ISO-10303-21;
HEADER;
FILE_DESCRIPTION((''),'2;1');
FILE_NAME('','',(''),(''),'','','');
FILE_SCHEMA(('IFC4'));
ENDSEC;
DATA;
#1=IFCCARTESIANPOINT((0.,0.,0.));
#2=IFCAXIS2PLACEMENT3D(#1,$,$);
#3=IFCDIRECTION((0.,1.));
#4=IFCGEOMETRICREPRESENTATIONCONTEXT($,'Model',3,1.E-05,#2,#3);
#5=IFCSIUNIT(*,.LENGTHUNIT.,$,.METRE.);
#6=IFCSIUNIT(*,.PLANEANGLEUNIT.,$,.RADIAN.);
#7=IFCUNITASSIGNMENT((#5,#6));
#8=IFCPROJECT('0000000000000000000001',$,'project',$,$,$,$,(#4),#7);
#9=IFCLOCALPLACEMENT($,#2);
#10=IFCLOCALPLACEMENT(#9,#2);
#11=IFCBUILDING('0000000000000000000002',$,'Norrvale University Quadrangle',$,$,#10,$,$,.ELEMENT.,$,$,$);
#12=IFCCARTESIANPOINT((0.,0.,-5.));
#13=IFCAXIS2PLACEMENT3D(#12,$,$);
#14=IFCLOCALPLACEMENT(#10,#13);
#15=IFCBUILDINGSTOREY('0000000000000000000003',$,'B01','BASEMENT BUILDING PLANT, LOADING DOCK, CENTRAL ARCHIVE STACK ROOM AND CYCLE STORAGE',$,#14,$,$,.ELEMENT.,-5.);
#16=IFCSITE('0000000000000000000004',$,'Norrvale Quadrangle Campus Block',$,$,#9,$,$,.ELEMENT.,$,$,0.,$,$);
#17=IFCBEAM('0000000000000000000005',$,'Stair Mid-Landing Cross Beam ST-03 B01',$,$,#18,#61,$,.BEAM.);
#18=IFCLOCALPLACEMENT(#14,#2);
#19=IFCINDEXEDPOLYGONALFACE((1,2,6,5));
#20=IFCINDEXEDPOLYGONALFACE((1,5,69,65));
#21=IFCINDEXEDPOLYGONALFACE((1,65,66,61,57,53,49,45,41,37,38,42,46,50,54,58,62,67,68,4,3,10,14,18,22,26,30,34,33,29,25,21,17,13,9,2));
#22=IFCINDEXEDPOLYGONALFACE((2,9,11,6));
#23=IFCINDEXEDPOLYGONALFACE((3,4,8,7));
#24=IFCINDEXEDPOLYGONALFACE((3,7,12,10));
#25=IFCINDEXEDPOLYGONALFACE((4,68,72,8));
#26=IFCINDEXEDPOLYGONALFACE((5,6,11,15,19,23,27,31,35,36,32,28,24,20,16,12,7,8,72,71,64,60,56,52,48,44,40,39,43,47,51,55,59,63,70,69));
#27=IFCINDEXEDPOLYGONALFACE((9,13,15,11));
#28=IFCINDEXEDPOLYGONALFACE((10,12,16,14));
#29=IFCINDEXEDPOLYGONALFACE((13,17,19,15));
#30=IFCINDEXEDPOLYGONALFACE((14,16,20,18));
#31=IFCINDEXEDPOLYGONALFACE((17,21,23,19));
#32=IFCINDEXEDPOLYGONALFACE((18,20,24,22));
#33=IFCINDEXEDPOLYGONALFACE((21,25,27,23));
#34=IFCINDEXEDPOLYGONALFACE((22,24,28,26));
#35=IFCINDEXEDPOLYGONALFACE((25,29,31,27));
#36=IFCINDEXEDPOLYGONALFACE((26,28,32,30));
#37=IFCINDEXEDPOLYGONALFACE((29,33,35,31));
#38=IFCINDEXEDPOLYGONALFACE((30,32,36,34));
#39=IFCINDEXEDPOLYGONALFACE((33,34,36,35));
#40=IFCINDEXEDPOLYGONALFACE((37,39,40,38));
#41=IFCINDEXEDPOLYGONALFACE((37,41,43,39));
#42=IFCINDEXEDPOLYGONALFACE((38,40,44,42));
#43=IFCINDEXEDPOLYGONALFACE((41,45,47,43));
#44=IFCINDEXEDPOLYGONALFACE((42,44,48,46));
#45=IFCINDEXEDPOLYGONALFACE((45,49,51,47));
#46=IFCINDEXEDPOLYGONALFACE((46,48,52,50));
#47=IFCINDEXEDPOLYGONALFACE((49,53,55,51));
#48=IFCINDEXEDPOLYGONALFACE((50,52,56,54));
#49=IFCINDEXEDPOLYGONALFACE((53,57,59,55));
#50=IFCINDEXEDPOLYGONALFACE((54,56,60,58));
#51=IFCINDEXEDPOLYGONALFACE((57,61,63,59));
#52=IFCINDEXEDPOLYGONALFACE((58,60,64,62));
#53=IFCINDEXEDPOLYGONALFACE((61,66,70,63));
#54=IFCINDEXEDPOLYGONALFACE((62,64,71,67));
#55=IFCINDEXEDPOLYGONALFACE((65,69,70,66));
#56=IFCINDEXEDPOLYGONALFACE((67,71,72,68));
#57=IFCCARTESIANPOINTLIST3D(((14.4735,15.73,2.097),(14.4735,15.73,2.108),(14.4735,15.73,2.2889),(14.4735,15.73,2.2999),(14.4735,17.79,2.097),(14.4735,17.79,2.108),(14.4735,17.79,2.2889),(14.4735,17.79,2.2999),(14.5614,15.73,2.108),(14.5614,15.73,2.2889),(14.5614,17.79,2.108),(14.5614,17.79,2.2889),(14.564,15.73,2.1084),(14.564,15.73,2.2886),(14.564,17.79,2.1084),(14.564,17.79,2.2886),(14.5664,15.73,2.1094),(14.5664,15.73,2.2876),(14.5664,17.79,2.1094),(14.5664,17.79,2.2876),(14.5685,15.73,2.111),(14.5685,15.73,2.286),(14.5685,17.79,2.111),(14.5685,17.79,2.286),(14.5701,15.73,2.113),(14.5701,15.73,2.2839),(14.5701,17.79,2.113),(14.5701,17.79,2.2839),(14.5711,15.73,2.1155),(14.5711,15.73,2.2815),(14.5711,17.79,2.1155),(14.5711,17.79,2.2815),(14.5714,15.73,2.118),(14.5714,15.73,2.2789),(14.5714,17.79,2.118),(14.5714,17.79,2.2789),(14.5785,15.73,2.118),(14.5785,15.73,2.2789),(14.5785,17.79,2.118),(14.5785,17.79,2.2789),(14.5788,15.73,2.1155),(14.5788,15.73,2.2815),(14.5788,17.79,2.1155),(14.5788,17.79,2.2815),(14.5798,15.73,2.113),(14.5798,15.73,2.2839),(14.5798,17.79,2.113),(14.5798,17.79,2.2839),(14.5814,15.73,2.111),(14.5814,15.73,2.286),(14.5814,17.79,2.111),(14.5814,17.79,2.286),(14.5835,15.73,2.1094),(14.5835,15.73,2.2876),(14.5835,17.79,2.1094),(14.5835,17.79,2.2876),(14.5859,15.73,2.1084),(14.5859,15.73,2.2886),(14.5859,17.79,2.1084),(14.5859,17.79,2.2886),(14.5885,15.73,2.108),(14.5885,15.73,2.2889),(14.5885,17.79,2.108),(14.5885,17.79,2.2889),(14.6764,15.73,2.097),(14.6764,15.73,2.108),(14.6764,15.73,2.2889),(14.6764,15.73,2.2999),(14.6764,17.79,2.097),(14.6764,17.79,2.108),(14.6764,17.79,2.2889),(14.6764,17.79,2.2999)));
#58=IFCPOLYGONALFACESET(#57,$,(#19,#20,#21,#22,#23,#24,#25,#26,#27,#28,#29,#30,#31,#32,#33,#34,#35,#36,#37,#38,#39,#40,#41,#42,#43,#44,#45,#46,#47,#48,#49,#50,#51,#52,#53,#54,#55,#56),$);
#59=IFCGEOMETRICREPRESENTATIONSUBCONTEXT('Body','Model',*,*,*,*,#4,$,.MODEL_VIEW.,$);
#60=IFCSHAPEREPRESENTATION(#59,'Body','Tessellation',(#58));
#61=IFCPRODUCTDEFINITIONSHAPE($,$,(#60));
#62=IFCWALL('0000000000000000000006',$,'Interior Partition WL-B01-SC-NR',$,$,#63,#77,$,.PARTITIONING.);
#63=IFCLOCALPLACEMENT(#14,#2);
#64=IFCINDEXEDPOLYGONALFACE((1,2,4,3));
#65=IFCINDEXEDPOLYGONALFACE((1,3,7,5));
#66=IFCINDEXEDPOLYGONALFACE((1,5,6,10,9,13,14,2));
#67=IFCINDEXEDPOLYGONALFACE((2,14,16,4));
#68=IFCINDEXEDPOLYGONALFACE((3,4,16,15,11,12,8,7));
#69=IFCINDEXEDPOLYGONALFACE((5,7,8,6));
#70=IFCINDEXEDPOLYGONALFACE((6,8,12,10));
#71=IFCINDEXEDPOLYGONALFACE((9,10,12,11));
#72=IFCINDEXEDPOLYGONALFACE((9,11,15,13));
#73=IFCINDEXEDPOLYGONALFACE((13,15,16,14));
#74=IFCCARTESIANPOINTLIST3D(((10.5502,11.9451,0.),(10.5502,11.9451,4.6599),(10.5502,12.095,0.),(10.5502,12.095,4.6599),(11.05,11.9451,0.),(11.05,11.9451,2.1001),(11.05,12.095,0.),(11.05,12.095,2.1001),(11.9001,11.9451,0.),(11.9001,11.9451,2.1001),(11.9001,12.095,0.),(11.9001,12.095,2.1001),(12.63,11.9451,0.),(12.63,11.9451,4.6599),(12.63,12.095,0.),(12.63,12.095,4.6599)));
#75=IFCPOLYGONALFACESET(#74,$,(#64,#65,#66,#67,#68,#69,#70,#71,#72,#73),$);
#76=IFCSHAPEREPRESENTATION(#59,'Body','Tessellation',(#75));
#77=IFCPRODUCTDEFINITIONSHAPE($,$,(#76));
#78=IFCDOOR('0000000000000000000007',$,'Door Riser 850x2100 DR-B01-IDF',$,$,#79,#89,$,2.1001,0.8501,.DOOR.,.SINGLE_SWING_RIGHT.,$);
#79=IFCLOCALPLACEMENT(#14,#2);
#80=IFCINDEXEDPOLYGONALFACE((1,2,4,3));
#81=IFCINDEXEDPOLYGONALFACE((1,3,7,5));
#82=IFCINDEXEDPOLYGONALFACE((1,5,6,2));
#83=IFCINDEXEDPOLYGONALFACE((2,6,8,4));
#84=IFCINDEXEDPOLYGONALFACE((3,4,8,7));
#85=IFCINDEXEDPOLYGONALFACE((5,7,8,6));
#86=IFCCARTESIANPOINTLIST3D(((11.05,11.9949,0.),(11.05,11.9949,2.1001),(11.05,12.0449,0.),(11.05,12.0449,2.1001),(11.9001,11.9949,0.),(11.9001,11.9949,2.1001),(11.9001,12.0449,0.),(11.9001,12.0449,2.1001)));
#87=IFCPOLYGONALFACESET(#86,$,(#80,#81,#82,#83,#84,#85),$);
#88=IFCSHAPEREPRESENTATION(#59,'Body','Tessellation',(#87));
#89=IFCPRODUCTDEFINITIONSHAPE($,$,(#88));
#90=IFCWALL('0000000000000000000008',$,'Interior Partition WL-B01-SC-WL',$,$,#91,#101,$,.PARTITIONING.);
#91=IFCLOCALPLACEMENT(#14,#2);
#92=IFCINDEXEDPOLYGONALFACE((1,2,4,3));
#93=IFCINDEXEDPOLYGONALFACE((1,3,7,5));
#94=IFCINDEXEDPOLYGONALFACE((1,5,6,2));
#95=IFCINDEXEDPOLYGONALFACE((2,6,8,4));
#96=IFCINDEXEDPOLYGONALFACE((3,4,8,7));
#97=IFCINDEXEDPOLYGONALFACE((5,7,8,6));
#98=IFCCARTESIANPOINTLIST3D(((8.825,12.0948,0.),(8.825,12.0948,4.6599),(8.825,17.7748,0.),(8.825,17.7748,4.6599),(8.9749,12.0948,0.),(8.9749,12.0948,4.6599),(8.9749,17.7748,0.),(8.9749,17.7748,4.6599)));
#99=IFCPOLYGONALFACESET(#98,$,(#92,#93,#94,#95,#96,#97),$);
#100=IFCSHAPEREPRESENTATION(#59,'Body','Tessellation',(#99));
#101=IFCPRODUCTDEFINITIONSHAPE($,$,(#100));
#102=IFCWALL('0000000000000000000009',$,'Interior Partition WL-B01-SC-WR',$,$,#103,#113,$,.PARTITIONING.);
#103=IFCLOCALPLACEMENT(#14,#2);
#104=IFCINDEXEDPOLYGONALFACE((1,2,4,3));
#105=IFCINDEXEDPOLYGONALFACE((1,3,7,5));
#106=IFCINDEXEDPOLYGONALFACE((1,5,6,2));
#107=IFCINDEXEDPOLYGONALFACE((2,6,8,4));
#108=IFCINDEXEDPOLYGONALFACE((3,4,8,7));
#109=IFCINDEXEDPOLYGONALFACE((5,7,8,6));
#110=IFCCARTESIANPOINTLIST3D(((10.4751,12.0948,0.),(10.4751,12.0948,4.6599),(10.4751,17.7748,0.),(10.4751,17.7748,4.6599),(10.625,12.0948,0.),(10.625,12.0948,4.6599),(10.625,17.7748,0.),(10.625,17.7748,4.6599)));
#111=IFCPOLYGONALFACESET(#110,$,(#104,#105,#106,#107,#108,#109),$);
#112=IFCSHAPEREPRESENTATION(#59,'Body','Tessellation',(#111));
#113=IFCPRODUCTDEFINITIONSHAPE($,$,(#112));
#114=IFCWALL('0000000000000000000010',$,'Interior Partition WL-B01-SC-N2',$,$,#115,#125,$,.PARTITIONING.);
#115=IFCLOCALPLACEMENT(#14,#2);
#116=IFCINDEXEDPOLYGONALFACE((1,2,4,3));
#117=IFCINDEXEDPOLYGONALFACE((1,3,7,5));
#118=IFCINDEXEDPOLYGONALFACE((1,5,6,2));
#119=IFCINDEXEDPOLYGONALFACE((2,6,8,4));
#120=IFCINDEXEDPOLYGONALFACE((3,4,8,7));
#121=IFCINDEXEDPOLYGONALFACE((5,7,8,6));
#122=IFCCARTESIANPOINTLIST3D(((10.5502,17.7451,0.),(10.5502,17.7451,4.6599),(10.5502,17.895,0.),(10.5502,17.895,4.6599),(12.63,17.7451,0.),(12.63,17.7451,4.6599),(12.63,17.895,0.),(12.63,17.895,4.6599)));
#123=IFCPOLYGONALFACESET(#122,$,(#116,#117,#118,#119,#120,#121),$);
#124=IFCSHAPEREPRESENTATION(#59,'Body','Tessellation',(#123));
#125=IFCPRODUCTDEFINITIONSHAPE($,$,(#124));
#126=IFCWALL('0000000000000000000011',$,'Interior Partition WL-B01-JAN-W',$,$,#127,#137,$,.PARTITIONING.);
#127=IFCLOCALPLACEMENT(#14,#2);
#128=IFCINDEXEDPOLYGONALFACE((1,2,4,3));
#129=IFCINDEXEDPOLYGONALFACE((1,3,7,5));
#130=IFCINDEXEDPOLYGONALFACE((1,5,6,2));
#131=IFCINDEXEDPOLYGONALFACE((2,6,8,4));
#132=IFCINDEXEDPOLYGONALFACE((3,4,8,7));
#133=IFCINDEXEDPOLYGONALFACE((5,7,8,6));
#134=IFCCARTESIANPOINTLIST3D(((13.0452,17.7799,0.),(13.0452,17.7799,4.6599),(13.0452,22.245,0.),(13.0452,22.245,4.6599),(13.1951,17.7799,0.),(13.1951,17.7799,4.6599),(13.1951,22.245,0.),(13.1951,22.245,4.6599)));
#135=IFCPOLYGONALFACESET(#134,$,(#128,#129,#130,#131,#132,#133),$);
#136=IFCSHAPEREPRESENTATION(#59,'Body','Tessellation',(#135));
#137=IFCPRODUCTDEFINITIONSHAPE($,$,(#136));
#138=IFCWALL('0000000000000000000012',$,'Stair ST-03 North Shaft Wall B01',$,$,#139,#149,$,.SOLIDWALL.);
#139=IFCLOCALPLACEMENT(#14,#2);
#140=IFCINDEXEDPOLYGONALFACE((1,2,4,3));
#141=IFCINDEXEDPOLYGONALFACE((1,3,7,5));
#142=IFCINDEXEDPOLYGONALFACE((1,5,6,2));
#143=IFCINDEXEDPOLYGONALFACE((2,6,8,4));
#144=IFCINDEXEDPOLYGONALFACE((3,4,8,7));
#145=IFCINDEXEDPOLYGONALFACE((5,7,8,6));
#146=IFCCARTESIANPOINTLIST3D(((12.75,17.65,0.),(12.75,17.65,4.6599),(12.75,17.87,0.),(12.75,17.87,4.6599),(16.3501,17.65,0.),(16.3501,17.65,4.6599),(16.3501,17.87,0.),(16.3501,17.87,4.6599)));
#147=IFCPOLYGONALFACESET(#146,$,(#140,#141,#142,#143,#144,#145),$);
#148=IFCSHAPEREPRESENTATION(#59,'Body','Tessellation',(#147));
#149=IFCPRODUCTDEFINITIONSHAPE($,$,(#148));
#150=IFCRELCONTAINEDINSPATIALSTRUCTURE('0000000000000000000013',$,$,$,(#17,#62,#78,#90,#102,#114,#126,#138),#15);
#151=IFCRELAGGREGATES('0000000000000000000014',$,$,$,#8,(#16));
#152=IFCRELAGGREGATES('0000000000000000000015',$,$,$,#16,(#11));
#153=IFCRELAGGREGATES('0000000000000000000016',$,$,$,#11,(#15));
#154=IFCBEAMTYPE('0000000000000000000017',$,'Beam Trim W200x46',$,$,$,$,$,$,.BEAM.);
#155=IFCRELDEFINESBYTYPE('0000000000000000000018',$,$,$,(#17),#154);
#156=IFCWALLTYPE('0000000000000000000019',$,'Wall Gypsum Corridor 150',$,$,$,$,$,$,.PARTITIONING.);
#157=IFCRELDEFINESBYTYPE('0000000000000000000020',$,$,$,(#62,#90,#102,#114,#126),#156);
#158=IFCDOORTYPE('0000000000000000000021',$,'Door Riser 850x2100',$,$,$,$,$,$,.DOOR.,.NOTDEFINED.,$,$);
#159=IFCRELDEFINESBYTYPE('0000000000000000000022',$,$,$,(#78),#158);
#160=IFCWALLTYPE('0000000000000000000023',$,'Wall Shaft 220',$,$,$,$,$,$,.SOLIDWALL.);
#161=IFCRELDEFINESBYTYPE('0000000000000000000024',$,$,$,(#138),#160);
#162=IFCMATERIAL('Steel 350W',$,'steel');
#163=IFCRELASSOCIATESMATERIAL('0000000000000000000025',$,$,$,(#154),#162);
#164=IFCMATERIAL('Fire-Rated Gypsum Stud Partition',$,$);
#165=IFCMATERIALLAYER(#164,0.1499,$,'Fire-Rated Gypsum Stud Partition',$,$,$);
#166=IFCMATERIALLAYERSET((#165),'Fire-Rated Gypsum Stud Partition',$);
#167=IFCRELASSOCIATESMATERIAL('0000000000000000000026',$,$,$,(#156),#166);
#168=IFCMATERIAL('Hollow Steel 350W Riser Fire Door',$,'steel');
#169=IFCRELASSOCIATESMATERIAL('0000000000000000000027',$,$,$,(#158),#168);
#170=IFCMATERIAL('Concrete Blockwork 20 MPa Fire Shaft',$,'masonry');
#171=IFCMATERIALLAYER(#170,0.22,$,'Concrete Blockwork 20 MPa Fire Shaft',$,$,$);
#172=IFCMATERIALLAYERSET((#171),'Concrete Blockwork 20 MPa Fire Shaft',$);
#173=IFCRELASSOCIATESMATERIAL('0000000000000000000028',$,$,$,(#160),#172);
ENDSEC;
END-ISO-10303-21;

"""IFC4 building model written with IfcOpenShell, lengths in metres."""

from ifc_helpers import new_model, si_unit, direction, frame, frame_2d, origin, origin_2d, place, context, subcontext, project, spatial, rectangle, i_section, extrude, material, layer, layer_set, material_profile, profile_set, type_object, element, fill, save


model = new_model("IFC4")

# Units and contexts
model_context = context("Model", 3, precision=1e-05, world=origin(), true_north=direction((0.0, 1.0)))
body_context = subcontext(model_context, "Body", "Model", "MODEL_VIEW")
ifc_project = project(units=[si_unit("LENGTHUNIT", "METRE"), si_unit("PLANEANGLEUNIT", "RADIAN")], contexts=[model_context])

# Site, building, storey
site_placement = place(None, origin())
site = spatial("IfcSite", under=ifc_project, at=site_placement, Name="Norrvale Quadrangle Campus Block", CompositionType="ELEMENT", RefElevation=0.0)
building_placement = place(site_placement, origin())
building = spatial("IfcBuilding", under=site, at=building_placement, Name="Norrvale University Quadrangle", CompositionType="ELEMENT")
storey_placement = place(building_placement, frame((0.0, 0.0, -5.0)))
storey = spatial("IfcBuildingStorey", under=building, at=storey_placement, Name="B01", Description="BASEMENT BUILDING PLANT, LOADING DOCK, CENTRAL ARCHIVE STACK ROOM AND CYCLE STORAGE", CompositionType="ELEMENT", Elevation=-5.0)

# Beam
ifc_material_1 = material(Name="Steel 350W", Category="steel")
ifc_material_profile_1 = material_profile(ifc_material_1, i_section(OverallWidth=0.2029, OverallDepth=0.2029, WebThickness=0.0071, FlangeThickness=0.011, FilletRadius=0.01, at=origin_2d()), Name="Steel 350W")
ifc_profile_set_1 = profile_set([ifc_material_profile_1], Name="Steel 350W")
beam_type_1 = type_object("IfcBeamType", Name="Beam Trim W200x46", PredefinedType="BEAM", material=ifc_profile_set_1)
beam_placement = place(storey_placement, frame((14.575, 15.73, 2.1985), z_axis=(0.0, 1.0, 0.0), x_axis=(-1.0, 0.0, 0.0)))
element("IfcBeam", 1, at=beam_placement, inside=storey, type_object=beam_type_1, Name="Stair Mid-Landing Cross Beam ST-03 B01", PredefinedType="BEAM", context=body_context, shape_type="SweptSolid", body=[
    extrude(i_section(OverallWidth=0.2029, OverallDepth=0.2029, WebThickness=0.0071, FlangeThickness=0.011, FilletRadius=0.01, at=origin_2d()), origin(), (0.0, 0.0, 1.0), 2.0601),
])

# Wall, opening, door
ifc_material_2 = material(Name="Fire-Rated Gypsum Stud Partition")
ifc_layer_1 = layer(ifc_material_2, 0.1499, Name="Fire-Rated Gypsum Stud Partition")
ifc_layer_set_1 = layer_set([ifc_layer_1], Name="Fire-Rated Gypsum Stud Partition")
wall_type_1 = type_object("IfcWallType", Name="Wall Gypsum Corridor 150", PredefinedType="PARTITIONING", material=ifc_layer_set_1)
wall_1_placement = place(storey_placement, frame((10.55, 12.02, 0.0), z_axis=(0.0, 0.0, 1.0), x_axis=(1.0, 0.0, 0.0)))
wall_1 = element("IfcWall", 2, at=wall_1_placement, inside=storey, type_object=wall_type_1, Name="Interior Partition WL-B01-SC-NR", PredefinedType="PARTITIONING", context=body_context, shape_type="SweptSolid", body=[
    extrude(rectangle(XDim=2.0798, YDim=0.1499, at=frame_2d((1.04, 0.0))), origin(), (0.0, 0.0, 1.0), 4.6599),
])
opening_placement = place(wall_1_placement, frame((0.5, 0.0, 0.0)))
opening = element("IfcOpeningElement", 3, at=opening_placement, cuts=wall_1, PredefinedType="OPENING", context=body_context, shape_type="SweptSolid", body=[
    extrude(rectangle(XDim=0.8501, YDim=2.1001, at=frame_2d((0.425, 1.05))), frame((0.0, 0.0869, 0.0), z_axis=(0.0, -1.0, 0.0), x_axis=(1.0, 0.0, 0.0)), (0.0, 0.0, 1.0), 0.1738),
])
ifc_material_3 = material(Name="Hollow Steel 350W Riser Fire Door", Category="steel")
door_type = type_object("IfcDoorType", Name="Door Riser 850x2100", OperationType="NOTDEFINED", PredefinedType="DOOR", material=ifc_material_3)
door_placement = place(opening_placement, origin())
door = element("IfcDoor", 4, at=door_placement, inside=storey, type_object=door_type, Name="Door Riser 850x2100 DR-B01-IDF", OperationType="SINGLE_SWING_RIGHT", OverallHeight=2.1001, OverallWidth=0.8501, PredefinedType="DOOR", context=body_context, shape_type="SweptSolid", body=[
    extrude(rectangle(XDim=0.8501, YDim=2.1001, at=frame_2d((0.425, 1.05))), frame((0.0, 0.0249, 0.0), z_axis=(0.0, -1.0, 0.0), x_axis=(1.0, 0.0, 0.0)), (0.0, 0.0, 1.0), 0.05),
])
fill(opening, door)

# Walls
for number, where, z_axis, x_axis, name in (
    (5, (8.8999, 12.095, 0.0), (0.0, 0.0, 1.0), (0.0, 1.0, 0.0), "Interior Partition WL-B01-SC-WL"),
    (6, (10.55, 12.095, 0.0), (0.0, 0.0, 1.0), (0.0, 1.0, 0.0), "Interior Partition WL-B01-SC-WR"),
):
    element("IfcWall", number, at=place(storey_placement, frame(where, z_axis=z_axis, x_axis=x_axis)), inside=storey, type_object=wall_type_1, Name=name, PredefinedType="PARTITIONING", context=body_context, shape_type="SweptSolid", body=[
        extrude(rectangle(XDim=5.6799, YDim=0.1499, at=frame_2d((2.8398, 0.0))), origin(), (0.0, 0.0, 1.0), 4.6599),
    ])
wall_2_placement = place(storey_placement, frame((10.55, 17.8201, 0.0), z_axis=(0.0, 0.0, 1.0), x_axis=(1.0, 0.0, 0.0)))
element("IfcWall", 7, at=wall_2_placement, inside=storey, type_object=wall_type_1, Name="Interior Partition WL-B01-SC-N2", PredefinedType="PARTITIONING", context=body_context, shape_type="SweptSolid", body=[
    extrude(rectangle(XDim=2.0798, YDim=0.1499, at=frame_2d((1.04, 0.0))), origin(), (0.0, 0.0, 1.0), 4.6599),
])
wall_3_placement = place(storey_placement, frame((13.1201, 17.78, 0.0), z_axis=(0.0, 0.0, 1.0), x_axis=(0.0, 1.0, 0.0)))
element("IfcWall", 8, at=wall_3_placement, inside=storey, type_object=wall_type_1, Name="Interior Partition WL-B01-JAN-W", PredefinedType="PARTITIONING", context=body_context, shape_type="SweptSolid", body=[
    extrude(rectangle(XDim=4.4651, YDim=0.1499, at=frame_2d((2.2324, 0.0))), origin(), (0.0, 0.0, 1.0), 4.6599),
])
ifc_material_4 = material(Name="Concrete Blockwork 20 MPa Fire Shaft", Category="masonry")
ifc_layer_2 = layer(ifc_material_4, 0.22, Name="Concrete Blockwork 20 MPa Fire Shaft")
ifc_layer_set_2 = layer_set([ifc_layer_2], Name="Concrete Blockwork 20 MPa Fire Shaft")
wall_type_2 = type_object("IfcWallType", Name="Wall Shaft 220", PredefinedType="SOLIDWALL", material=ifc_layer_set_2)
wall_4_placement = place(storey_placement, frame((12.75, 17.76, 0.0), z_axis=(0.0, 0.0, 1.0), x_axis=(1.0, 0.0, 0.0)))
element("IfcWall", 9, at=wall_4_placement, inside=storey, type_object=wall_type_2, Name="Stair ST-03 North Shaft Wall B01", PredefinedType="SOLIDWALL", context=body_context, shape_type="SweptSolid", body=[
    extrude(rectangle(XDim=3.6001, YDim=0.22, at=frame_2d((1.8, 0.0))), origin(), (0.0, 0.0, 1.0), 4.6599),
])

save(model, "model.ifc")
